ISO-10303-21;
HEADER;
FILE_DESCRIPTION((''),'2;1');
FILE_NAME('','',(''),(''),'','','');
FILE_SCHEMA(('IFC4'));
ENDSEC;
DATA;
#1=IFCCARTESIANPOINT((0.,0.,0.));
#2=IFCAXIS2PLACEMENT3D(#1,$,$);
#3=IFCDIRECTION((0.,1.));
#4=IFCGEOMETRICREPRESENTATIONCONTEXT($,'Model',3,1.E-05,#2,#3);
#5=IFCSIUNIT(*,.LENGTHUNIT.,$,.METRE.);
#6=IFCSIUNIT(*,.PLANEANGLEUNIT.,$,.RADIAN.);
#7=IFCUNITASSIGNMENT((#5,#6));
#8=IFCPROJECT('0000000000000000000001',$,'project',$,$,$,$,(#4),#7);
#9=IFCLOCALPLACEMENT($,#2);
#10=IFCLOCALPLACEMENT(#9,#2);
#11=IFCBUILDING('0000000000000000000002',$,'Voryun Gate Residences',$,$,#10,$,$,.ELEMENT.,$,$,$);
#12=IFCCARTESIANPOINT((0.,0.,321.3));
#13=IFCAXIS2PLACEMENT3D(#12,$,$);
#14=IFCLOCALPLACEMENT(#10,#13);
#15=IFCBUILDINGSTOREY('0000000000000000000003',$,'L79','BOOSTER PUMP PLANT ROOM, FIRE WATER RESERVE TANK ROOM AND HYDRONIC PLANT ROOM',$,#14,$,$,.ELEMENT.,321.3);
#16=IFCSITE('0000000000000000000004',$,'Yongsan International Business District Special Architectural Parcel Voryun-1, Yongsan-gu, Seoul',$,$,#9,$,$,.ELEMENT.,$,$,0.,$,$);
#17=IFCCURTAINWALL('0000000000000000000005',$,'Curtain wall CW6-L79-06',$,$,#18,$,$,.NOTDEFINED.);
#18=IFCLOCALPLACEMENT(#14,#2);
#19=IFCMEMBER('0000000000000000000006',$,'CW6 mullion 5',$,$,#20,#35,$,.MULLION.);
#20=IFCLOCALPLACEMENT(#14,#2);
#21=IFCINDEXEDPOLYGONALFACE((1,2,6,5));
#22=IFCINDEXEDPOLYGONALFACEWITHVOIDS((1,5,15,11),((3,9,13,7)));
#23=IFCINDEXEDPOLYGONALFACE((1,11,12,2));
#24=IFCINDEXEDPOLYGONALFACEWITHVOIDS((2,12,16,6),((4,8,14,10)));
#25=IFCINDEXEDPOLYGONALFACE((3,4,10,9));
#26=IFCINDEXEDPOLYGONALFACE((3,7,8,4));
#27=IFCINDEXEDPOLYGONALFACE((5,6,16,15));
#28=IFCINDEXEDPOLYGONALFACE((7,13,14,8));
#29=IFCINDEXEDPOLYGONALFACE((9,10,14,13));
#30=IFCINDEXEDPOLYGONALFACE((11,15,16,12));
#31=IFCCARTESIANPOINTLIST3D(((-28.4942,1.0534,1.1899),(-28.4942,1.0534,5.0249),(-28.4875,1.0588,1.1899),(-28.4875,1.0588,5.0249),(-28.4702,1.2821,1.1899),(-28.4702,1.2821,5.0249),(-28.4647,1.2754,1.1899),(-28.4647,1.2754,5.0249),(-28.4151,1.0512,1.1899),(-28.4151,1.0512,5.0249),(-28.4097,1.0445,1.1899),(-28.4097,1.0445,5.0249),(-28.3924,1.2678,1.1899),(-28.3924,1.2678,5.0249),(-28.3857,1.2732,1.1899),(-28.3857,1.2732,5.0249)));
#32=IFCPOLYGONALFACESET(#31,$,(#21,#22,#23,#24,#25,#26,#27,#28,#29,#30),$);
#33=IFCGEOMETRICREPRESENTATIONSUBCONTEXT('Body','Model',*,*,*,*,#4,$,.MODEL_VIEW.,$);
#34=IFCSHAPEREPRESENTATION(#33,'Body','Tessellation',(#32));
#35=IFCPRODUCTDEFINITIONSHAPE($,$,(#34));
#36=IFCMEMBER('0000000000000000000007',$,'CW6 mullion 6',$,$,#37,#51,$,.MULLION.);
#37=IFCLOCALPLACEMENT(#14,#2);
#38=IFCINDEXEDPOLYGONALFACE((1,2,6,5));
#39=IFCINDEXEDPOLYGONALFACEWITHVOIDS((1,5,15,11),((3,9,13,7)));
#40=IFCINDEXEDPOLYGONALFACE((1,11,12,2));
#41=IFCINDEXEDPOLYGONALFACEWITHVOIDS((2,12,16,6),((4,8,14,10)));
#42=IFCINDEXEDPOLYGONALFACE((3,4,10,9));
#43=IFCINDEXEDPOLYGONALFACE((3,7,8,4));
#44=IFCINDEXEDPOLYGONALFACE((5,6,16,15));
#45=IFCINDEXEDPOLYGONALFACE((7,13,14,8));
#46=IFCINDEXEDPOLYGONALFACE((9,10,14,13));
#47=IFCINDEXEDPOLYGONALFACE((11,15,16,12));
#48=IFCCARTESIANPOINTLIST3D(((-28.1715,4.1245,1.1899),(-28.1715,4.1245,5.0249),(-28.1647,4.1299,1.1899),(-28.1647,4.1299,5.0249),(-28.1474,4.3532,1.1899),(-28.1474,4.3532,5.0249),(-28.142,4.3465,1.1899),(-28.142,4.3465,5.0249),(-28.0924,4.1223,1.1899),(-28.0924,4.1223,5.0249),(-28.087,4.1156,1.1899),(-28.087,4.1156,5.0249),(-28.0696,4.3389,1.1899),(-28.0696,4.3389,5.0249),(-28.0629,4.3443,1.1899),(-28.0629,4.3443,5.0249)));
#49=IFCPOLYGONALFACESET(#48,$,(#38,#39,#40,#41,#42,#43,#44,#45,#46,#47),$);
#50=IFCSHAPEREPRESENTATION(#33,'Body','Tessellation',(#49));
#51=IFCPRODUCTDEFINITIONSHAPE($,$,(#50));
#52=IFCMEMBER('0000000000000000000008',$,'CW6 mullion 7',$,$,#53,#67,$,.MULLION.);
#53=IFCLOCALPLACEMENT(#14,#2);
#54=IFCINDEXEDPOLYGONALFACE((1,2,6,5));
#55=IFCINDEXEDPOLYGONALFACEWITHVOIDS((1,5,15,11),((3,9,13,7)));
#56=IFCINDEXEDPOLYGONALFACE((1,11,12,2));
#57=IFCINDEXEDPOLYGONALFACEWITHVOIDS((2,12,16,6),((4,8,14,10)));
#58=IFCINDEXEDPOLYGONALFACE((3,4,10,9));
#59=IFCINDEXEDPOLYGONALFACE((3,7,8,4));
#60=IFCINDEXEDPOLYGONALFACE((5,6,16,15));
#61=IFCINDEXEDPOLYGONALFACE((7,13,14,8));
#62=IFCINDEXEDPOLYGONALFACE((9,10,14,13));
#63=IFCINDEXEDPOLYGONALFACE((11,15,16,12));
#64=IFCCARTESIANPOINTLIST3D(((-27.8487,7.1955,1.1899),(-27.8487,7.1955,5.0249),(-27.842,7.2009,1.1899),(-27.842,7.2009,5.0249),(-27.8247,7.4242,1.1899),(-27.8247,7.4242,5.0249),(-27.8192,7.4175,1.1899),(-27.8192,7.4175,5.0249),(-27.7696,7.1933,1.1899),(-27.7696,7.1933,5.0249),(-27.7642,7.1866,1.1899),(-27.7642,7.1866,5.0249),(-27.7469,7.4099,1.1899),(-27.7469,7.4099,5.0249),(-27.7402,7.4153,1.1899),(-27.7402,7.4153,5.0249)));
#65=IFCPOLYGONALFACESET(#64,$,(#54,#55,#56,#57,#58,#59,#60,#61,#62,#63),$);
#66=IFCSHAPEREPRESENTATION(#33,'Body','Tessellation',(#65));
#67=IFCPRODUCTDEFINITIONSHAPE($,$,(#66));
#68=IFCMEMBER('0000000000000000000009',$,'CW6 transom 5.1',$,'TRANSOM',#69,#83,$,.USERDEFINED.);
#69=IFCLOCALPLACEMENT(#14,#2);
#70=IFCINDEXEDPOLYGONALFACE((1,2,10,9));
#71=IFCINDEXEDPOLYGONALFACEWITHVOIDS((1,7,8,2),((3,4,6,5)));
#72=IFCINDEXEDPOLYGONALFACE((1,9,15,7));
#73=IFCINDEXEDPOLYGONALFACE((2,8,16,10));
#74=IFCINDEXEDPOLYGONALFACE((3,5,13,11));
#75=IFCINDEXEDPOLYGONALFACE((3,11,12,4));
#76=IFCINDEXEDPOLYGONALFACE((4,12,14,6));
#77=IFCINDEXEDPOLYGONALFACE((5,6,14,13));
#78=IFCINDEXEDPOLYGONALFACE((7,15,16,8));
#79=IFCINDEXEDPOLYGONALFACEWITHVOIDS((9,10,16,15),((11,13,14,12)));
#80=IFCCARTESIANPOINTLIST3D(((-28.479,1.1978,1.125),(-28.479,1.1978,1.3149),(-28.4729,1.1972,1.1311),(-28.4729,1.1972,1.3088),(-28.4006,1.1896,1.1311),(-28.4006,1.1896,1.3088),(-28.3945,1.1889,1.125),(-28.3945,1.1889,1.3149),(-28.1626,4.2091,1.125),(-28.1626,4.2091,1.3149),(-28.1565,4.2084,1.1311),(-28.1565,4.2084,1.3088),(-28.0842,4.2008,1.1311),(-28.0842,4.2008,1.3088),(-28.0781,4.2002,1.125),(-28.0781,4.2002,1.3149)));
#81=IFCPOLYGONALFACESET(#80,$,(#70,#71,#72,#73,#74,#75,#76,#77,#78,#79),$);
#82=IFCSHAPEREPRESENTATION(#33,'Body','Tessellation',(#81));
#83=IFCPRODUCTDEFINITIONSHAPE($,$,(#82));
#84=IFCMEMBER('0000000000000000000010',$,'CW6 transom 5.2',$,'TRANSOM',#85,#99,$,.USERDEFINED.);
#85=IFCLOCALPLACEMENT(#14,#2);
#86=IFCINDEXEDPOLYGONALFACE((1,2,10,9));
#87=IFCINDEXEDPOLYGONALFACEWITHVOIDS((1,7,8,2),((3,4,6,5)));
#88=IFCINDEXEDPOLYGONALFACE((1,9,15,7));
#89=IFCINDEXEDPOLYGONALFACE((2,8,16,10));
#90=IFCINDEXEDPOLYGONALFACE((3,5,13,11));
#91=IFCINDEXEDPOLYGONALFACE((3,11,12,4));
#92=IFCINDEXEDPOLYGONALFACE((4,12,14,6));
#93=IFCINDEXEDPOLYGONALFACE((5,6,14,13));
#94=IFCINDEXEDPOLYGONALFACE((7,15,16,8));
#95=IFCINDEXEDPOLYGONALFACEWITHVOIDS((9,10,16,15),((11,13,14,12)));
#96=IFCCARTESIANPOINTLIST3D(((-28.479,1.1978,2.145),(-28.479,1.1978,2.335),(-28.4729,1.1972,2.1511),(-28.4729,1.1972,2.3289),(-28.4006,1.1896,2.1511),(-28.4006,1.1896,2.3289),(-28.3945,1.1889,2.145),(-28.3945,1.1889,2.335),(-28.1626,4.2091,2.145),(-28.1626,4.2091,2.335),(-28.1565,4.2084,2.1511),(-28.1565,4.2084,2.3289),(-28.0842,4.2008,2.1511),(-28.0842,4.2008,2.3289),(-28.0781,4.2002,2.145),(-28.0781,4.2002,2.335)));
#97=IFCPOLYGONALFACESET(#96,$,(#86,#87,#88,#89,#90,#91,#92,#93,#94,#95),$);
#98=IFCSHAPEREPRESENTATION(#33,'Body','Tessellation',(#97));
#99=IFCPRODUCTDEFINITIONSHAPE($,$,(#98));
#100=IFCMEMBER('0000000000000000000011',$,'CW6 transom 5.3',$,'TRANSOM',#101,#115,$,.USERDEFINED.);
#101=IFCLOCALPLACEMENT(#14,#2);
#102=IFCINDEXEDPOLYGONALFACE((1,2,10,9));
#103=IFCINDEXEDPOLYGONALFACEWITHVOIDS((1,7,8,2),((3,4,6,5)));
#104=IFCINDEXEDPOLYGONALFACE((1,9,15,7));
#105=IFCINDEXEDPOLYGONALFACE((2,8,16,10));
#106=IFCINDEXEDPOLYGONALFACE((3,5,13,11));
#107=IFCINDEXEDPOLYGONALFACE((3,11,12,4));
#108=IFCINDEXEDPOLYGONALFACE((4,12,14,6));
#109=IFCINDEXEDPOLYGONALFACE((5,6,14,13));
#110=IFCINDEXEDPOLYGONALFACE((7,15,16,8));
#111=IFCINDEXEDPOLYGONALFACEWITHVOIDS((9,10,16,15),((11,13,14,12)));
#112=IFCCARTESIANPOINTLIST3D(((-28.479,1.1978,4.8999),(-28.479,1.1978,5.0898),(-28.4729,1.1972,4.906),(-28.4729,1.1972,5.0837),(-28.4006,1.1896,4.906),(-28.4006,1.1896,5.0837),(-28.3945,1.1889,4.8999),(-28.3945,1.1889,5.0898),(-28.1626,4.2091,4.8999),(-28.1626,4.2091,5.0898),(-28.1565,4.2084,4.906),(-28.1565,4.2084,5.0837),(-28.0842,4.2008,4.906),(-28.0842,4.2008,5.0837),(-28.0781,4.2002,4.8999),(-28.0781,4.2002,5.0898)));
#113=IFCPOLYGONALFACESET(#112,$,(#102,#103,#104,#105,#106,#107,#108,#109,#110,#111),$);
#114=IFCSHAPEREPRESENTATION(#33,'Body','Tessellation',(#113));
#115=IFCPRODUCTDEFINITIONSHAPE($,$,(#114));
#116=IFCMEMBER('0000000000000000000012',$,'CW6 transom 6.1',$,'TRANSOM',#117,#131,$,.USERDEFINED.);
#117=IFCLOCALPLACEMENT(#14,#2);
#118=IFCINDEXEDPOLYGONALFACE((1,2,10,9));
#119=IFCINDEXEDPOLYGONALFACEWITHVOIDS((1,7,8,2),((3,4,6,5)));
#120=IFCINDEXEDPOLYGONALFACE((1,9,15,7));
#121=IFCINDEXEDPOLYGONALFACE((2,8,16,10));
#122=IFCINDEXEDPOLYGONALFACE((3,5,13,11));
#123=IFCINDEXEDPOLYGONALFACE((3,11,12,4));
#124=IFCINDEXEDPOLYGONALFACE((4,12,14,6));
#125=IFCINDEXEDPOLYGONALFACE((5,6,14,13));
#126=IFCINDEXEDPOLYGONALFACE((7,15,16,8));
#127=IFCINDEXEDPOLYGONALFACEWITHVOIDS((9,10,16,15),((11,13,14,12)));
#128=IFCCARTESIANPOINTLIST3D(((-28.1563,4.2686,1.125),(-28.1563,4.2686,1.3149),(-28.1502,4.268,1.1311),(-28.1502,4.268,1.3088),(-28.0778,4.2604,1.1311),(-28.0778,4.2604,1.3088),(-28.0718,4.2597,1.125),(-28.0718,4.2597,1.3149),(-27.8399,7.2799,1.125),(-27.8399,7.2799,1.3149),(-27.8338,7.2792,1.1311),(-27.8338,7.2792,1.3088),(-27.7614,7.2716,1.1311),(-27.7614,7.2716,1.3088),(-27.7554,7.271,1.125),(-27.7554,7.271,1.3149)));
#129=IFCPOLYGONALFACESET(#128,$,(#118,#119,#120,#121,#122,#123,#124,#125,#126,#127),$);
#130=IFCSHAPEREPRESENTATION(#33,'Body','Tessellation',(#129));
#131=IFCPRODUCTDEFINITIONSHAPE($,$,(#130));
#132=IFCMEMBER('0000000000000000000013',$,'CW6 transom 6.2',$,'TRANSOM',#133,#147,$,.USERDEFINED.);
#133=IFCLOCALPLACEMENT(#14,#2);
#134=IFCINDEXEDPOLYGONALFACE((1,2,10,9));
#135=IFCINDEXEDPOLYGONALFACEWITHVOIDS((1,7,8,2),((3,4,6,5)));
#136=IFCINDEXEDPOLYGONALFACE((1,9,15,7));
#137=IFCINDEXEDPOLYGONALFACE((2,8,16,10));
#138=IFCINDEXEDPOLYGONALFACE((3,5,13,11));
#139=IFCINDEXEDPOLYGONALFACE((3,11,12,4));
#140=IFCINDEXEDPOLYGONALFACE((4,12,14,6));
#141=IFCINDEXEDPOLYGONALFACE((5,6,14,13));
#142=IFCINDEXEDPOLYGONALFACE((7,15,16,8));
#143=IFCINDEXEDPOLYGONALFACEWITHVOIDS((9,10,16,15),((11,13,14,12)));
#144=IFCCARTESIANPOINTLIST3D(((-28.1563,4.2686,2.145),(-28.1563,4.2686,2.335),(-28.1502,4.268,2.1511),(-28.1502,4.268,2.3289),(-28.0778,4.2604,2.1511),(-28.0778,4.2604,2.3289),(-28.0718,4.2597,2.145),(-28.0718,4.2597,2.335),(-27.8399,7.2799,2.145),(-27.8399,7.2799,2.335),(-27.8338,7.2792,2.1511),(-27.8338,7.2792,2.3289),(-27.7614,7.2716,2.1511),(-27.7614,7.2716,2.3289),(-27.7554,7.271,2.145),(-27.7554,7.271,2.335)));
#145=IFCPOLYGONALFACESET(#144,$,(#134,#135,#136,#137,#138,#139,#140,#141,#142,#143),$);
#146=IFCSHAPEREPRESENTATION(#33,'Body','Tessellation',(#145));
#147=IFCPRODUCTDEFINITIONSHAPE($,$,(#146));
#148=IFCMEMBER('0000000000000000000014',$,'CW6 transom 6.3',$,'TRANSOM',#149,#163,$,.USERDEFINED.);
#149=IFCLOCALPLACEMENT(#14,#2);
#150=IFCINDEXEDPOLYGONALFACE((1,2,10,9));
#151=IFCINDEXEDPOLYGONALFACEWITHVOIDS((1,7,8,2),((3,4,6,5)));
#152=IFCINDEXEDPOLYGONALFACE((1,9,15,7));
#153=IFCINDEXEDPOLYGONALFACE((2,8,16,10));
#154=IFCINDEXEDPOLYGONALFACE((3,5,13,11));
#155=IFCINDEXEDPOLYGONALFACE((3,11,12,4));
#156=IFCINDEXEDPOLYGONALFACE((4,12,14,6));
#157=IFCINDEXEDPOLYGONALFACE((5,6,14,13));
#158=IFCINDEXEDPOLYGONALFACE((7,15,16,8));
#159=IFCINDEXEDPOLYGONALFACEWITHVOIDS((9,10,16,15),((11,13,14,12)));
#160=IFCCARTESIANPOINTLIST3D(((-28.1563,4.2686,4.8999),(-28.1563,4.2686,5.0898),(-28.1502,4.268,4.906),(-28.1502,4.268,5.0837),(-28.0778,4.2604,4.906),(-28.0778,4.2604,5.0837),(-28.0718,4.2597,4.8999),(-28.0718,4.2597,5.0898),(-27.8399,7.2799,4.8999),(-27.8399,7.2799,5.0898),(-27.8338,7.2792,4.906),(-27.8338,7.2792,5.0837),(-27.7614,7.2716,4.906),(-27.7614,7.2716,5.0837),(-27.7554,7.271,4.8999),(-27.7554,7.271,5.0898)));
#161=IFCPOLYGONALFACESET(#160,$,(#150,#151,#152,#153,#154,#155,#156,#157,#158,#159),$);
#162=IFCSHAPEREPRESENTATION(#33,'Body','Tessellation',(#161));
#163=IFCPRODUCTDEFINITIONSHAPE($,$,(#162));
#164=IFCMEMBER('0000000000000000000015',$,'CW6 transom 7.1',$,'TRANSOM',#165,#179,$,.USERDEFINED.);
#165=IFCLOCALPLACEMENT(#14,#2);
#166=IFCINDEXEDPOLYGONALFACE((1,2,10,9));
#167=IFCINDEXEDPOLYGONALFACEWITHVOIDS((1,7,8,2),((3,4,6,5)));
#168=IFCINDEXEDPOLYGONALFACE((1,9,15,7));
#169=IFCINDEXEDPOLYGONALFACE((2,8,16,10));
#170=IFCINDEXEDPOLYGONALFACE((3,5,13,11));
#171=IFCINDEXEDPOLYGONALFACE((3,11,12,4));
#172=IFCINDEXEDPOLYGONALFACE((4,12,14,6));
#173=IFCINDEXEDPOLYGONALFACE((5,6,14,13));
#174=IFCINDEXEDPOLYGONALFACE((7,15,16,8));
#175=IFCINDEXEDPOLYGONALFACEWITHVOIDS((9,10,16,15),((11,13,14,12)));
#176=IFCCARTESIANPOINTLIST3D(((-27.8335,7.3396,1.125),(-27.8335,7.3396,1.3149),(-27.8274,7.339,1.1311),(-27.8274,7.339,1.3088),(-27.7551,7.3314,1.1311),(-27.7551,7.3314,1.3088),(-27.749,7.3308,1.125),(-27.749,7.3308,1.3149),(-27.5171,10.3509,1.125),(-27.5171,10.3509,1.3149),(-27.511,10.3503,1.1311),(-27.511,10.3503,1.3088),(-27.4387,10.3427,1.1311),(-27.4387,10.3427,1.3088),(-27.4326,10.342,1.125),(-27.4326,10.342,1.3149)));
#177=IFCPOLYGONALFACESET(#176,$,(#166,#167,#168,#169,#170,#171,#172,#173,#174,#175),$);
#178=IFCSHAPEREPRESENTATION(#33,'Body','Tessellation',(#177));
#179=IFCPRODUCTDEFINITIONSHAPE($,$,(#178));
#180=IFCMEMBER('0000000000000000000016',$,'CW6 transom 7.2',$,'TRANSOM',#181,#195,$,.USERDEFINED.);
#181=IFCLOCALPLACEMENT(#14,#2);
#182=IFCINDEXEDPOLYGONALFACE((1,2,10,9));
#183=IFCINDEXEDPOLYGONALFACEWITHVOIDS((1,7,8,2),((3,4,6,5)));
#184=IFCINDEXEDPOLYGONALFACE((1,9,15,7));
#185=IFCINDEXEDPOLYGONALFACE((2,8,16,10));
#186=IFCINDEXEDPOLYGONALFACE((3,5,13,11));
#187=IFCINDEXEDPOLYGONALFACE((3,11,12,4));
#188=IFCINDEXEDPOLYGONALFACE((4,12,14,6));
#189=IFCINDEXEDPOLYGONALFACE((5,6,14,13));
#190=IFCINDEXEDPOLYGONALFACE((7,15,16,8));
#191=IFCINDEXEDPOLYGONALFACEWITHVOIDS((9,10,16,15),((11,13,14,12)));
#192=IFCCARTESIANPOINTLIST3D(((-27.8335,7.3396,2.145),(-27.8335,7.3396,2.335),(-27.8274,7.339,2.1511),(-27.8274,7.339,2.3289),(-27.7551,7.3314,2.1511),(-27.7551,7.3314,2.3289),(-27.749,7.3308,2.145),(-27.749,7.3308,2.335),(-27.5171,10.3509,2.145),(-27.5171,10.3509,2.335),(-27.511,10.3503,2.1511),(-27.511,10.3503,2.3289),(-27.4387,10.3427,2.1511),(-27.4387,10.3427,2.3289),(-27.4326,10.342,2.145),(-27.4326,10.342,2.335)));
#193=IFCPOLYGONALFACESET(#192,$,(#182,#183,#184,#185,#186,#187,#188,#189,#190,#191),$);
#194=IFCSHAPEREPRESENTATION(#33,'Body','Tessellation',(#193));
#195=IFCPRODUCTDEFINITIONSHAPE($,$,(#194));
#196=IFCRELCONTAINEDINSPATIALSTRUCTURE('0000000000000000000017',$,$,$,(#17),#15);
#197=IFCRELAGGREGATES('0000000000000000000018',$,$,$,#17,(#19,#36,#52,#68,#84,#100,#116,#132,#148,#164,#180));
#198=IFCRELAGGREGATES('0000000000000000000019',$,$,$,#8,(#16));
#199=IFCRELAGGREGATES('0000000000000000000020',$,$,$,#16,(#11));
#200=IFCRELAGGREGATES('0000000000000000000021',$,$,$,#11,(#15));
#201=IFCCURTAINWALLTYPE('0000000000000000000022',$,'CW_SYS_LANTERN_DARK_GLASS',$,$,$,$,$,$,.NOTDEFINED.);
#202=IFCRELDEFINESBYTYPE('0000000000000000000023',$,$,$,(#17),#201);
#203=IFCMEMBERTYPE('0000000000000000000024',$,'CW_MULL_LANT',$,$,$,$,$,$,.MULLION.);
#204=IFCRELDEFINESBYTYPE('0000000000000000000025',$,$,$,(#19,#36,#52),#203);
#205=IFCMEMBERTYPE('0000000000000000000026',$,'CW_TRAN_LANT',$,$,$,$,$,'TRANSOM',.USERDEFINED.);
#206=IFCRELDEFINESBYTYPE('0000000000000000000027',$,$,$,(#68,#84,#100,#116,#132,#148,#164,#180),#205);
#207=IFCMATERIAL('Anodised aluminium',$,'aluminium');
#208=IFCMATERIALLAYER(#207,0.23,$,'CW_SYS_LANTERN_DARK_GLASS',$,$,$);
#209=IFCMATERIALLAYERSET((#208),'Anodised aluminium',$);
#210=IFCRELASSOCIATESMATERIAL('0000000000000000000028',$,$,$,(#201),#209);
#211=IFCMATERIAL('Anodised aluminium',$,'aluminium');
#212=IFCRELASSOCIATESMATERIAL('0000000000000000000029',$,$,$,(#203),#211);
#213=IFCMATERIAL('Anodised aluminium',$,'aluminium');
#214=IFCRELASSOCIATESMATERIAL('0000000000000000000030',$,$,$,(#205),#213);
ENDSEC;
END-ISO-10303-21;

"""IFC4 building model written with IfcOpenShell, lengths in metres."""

from ifc_helpers import new_model, si_unit, direction, frame, origin, origin_2d, place, context, subcontext, project, spatial, hollow_rectangle, extrude, material, layer, layer_set, material_profile, profile_set, type_object, element, aggregate, save


model = new_model("IFC4")

# Units and contexts
model_context = context("Model", 3, precision=1e-05, world=origin(), true_north=direction((0.0, 1.0)))
body_context = subcontext(model_context, "Body", "Model", "MODEL_VIEW")
ifc_project = project(units=[si_unit("LENGTHUNIT", "METRE"), si_unit("PLANEANGLEUNIT", "RADIAN")], contexts=[model_context])

# Site, building, storey
site_placement = place(None, origin())
site = spatial("IfcSite", under=ifc_project, at=site_placement, Name="Yongsan International Business District Special Architectural Parcel Voryun-1, Yongsan-gu, Seoul", CompositionType="ELEMENT", RefElevation=0.0)
building_placement = place(site_placement, origin())
building = spatial("IfcBuilding", under=site, at=building_placement, Name="Voryun Gate Residences", CompositionType="ELEMENT")
storey_placement = place(building_placement, frame((0.0, 0.0, 321.3)))
storey = spatial("IfcBuildingStorey", under=building, at=storey_placement, Name="L79", Description="BOOSTER PUMP PLANT ROOM, FIRE WATER RESERVE TANK ROOM AND HYDRONIC PLANT ROOM", CompositionType="ELEMENT", Elevation=321.3)

# Curtain wall, members
ifc_material_1 = material(Name="Anodised aluminium", Category="aluminium")
ifc_layer_1 = layer(ifc_material_1, 0.23, Name="CW_SYS_LANTERN_DARK_GLASS")
ifc_layer_set_1 = layer_set([ifc_layer_1], Name="Anodised aluminium")
curtain_wall_type = type_object("IfcCurtainWallType", Name="CW_SYS_LANTERN_DARK_GLASS", PredefinedType="NOTDEFINED", material=ifc_layer_set_1)
curtain_wall_placement = place(storey_placement, origin())
curtain_wall = element("IfcCurtainWall", 1, at=curtain_wall_placement, inside=storey, type_object=curtain_wall_type, Name="Curtain wall CW6-L79-06", PredefinedType="NOTDEFINED")
ifc_material_2 = material(Name="Anodised aluminium", Category="aluminium")
ifc_material_profile_1 = material_profile(ifc_material_2, hollow_rectangle(XDim=0.085, YDim=0.23, WallThickness=0.0061, at=origin_2d()), Name="ALU-MULL-230x85x6")
ifc_profile_set_1 = profile_set([ifc_material_profile_1], Name="Anodised aluminium")
member_type_1 = type_object("IfcMemberType", Name="CW_MULL_LANT", PredefinedType="MULLION", material=ifc_profile_set_1)
member_1_placement = place(storey_placement, frame((-28.4399, 1.1633, 1.1899), z_axis=(0.0, 0.0, 1.0), x_axis=(-0.994522, 0.104528, 0.0)))
member_1 = element("IfcMember", 2, at=member_1_placement, type_object=member_type_1, Name="CW6 mullion 5", PredefinedType="MULLION", context=body_context, shape_type="SweptSolid", body=[
    extrude(hollow_rectangle(XDim=0.085, YDim=0.23, WallThickness=0.0061, at=origin_2d()), origin(), (0.0, 0.0, 1.0), 3.835),
])
member_2_placement = place(storey_placement, frame((-28.1172, 4.2344, 1.1899), z_axis=(0.0, 0.0, 1.0), x_axis=(-0.994522, 0.104528, 0.0)))
member_2 = element("IfcMember", 3, at=member_2_placement, type_object=member_type_1, Name="CW6 mullion 6", PredefinedType="MULLION", context=body_context, shape_type="SweptSolid", body=[
    extrude(hollow_rectangle(XDim=0.085, YDim=0.23, WallThickness=0.0061, at=origin_2d()), origin(), (0.0, 0.0, 1.0), 3.835),
])
member_3_placement = place(storey_placement, frame((-27.7944, 7.3054, 1.1899), z_axis=(0.0, 0.0, 1.0), x_axis=(-0.994522, 0.104528, 0.0)))
member_3 = element("IfcMember", 4, at=member_3_placement, type_object=member_type_1, Name="CW6 mullion 7", PredefinedType="MULLION", context=body_context, shape_type="SweptSolid", body=[
    extrude(hollow_rectangle(XDim=0.085, YDim=0.23, WallThickness=0.0061, at=origin_2d()), origin(), (0.0, 0.0, 1.0), 3.835),
])
ifc_material_3 = material(Name="Anodised aluminium", Category="aluminium")
ifc_material_profile_2 = material_profile(ifc_material_3, hollow_rectangle(XDim=0.085, YDim=0.1899, WallThickness=0.0061, at=origin_2d()), Name="ALU-TRAN-190x85x6")
ifc_profile_set_2 = profile_set([ifc_material_profile_2], Name="Anodised aluminium")
member_type_2 = type_object("IfcMemberType", Name="CW_TRAN_LANT", ElementType="TRANSOM", PredefinedType="USERDEFINED", material=ifc_profile_set_2)
member_4_placement = place(storey_placement, frame((-28.4368, 1.1934, 1.22), z_axis=(0.1045, 0.994525, 0.0), x_axis=(-0.994525, 0.1045, 0.0)))
member_4 = element("IfcMember", 5, at=member_4_placement, type_object=member_type_2, Name="CW6 transom 5.1", ObjectType="TRANSOM", PredefinedType="USERDEFINED", context=body_context, shape_type="SweptSolid", body=[
    extrude(hollow_rectangle(XDim=0.085, YDim=0.1899, WallThickness=0.0061, at=origin_2d()), origin(), (0.0, 0.0, 1.0), 3.0278),
])
member_5_placement = place(storey_placement, frame((-28.4368, 1.1934, 2.24), z_axis=(0.1045, 0.994525, 0.0), x_axis=(-0.994525, 0.1045, 0.0)))
member_5 = element("IfcMember", 6, at=member_5_placement, type_object=member_type_2, Name="CW6 transom 5.2", ObjectType="TRANSOM", PredefinedType="USERDEFINED", context=body_context, shape_type="SweptSolid", body=[
    extrude(hollow_rectangle(XDim=0.085, YDim=0.1899, WallThickness=0.0061, at=origin_2d()), origin(), (0.0, 0.0, 1.0), 3.0278),
])
member_6_placement = place(storey_placement, frame((-28.4368, 1.1934, 4.9949), z_axis=(0.1045, 0.994525, 0.0), x_axis=(-0.994525, 0.1045, 0.0)))
member_6 = element("IfcMember", 7, at=member_6_placement, type_object=member_type_2, Name="CW6 transom 5.3", ObjectType="TRANSOM", PredefinedType="USERDEFINED", context=body_context, shape_type="SweptSolid", body=[
    extrude(hollow_rectangle(XDim=0.085, YDim=0.1899, WallThickness=0.0061, at=origin_2d()), origin(), (0.0, 0.0, 1.0), 3.0278),
])
member_7_placement = place(storey_placement, frame((-28.114, 4.2642, 1.22), z_axis=(0.1045, 0.994525, 0.0), x_axis=(-0.994525, 0.1045, 0.0)))
member_7 = element("IfcMember", 8, at=member_7_placement, type_object=member_type_2, Name="CW6 transom 6.1", ObjectType="TRANSOM", PredefinedType="USERDEFINED", context=body_context, shape_type="SweptSolid", body=[
    extrude(hollow_rectangle(XDim=0.085, YDim=0.1899, WallThickness=0.0061, at=origin_2d()), origin(), (0.0, 0.0, 1.0), 3.0278),
])
member_8_placement = place(storey_placement, frame((-28.114, 4.2642, 2.24), z_axis=(0.1045, 0.994525, 0.0), x_axis=(-0.994525, 0.1045, 0.0)))
member_8 = element("IfcMember", 9, at=member_8_placement, type_object=member_type_2, Name="CW6 transom 6.2", ObjectType="TRANSOM", PredefinedType="USERDEFINED", context=body_context, shape_type="SweptSolid", body=[
    extrude(hollow_rectangle(XDim=0.085, YDim=0.1899, WallThickness=0.0061, at=origin_2d()), origin(), (0.0, 0.0, 1.0), 3.0278),
])
member_9_placement = place(storey_placement, frame((-28.114, 4.2642, 4.9949), z_axis=(0.1045, 0.994525, 0.0), x_axis=(-0.994525, 0.1045, 0.0)))
member_9 = element("IfcMember", 10, at=member_9_placement, type_object=member_type_2, Name="CW6 transom 6.3", ObjectType="TRANSOM", PredefinedType="USERDEFINED", context=body_context, shape_type="SweptSolid", body=[
    extrude(hollow_rectangle(XDim=0.085, YDim=0.1899, WallThickness=0.0061, at=origin_2d()), origin(), (0.0, 0.0, 1.0), 3.0278),
])
member_10_placement = place(storey_placement, frame((-27.7913, 7.3352, 1.22), z_axis=(0.1045, 0.994525, 0.0), x_axis=(-0.994525, 0.1045, 0.0)))
member_10 = element("IfcMember", 11, at=member_10_placement, type_object=member_type_2, Name="CW6 transom 7.1", ObjectType="TRANSOM", PredefinedType="USERDEFINED", context=body_context, shape_type="SweptSolid", body=[
    extrude(hollow_rectangle(XDim=0.085, YDim=0.1899, WallThickness=0.0061, at=origin_2d()), origin(), (0.0, 0.0, 1.0), 3.0278),
])
member_11_placement = place(storey_placement, frame((-27.7913, 7.3352, 2.24), z_axis=(0.1045, 0.994525, 0.0), x_axis=(-0.994525, 0.1045, 0.0)))
member_11 = element("IfcMember", 12, at=member_11_placement, type_object=member_type_2, Name="CW6 transom 7.2", ObjectType="TRANSOM", PredefinedType="USERDEFINED", context=body_context, shape_type="SweptSolid", body=[
    extrude(hollow_rectangle(XDim=0.085, YDim=0.1899, WallThickness=0.0061, at=origin_2d()), origin(), (0.0, 0.0, 1.0), 3.0278),
])

aggregate(curtain_wall, [member_1, member_2, member_3, member_4, member_5, member_6, member_7, member_8, member_9, member_10, member_11])

save(model, "model.ifc")
